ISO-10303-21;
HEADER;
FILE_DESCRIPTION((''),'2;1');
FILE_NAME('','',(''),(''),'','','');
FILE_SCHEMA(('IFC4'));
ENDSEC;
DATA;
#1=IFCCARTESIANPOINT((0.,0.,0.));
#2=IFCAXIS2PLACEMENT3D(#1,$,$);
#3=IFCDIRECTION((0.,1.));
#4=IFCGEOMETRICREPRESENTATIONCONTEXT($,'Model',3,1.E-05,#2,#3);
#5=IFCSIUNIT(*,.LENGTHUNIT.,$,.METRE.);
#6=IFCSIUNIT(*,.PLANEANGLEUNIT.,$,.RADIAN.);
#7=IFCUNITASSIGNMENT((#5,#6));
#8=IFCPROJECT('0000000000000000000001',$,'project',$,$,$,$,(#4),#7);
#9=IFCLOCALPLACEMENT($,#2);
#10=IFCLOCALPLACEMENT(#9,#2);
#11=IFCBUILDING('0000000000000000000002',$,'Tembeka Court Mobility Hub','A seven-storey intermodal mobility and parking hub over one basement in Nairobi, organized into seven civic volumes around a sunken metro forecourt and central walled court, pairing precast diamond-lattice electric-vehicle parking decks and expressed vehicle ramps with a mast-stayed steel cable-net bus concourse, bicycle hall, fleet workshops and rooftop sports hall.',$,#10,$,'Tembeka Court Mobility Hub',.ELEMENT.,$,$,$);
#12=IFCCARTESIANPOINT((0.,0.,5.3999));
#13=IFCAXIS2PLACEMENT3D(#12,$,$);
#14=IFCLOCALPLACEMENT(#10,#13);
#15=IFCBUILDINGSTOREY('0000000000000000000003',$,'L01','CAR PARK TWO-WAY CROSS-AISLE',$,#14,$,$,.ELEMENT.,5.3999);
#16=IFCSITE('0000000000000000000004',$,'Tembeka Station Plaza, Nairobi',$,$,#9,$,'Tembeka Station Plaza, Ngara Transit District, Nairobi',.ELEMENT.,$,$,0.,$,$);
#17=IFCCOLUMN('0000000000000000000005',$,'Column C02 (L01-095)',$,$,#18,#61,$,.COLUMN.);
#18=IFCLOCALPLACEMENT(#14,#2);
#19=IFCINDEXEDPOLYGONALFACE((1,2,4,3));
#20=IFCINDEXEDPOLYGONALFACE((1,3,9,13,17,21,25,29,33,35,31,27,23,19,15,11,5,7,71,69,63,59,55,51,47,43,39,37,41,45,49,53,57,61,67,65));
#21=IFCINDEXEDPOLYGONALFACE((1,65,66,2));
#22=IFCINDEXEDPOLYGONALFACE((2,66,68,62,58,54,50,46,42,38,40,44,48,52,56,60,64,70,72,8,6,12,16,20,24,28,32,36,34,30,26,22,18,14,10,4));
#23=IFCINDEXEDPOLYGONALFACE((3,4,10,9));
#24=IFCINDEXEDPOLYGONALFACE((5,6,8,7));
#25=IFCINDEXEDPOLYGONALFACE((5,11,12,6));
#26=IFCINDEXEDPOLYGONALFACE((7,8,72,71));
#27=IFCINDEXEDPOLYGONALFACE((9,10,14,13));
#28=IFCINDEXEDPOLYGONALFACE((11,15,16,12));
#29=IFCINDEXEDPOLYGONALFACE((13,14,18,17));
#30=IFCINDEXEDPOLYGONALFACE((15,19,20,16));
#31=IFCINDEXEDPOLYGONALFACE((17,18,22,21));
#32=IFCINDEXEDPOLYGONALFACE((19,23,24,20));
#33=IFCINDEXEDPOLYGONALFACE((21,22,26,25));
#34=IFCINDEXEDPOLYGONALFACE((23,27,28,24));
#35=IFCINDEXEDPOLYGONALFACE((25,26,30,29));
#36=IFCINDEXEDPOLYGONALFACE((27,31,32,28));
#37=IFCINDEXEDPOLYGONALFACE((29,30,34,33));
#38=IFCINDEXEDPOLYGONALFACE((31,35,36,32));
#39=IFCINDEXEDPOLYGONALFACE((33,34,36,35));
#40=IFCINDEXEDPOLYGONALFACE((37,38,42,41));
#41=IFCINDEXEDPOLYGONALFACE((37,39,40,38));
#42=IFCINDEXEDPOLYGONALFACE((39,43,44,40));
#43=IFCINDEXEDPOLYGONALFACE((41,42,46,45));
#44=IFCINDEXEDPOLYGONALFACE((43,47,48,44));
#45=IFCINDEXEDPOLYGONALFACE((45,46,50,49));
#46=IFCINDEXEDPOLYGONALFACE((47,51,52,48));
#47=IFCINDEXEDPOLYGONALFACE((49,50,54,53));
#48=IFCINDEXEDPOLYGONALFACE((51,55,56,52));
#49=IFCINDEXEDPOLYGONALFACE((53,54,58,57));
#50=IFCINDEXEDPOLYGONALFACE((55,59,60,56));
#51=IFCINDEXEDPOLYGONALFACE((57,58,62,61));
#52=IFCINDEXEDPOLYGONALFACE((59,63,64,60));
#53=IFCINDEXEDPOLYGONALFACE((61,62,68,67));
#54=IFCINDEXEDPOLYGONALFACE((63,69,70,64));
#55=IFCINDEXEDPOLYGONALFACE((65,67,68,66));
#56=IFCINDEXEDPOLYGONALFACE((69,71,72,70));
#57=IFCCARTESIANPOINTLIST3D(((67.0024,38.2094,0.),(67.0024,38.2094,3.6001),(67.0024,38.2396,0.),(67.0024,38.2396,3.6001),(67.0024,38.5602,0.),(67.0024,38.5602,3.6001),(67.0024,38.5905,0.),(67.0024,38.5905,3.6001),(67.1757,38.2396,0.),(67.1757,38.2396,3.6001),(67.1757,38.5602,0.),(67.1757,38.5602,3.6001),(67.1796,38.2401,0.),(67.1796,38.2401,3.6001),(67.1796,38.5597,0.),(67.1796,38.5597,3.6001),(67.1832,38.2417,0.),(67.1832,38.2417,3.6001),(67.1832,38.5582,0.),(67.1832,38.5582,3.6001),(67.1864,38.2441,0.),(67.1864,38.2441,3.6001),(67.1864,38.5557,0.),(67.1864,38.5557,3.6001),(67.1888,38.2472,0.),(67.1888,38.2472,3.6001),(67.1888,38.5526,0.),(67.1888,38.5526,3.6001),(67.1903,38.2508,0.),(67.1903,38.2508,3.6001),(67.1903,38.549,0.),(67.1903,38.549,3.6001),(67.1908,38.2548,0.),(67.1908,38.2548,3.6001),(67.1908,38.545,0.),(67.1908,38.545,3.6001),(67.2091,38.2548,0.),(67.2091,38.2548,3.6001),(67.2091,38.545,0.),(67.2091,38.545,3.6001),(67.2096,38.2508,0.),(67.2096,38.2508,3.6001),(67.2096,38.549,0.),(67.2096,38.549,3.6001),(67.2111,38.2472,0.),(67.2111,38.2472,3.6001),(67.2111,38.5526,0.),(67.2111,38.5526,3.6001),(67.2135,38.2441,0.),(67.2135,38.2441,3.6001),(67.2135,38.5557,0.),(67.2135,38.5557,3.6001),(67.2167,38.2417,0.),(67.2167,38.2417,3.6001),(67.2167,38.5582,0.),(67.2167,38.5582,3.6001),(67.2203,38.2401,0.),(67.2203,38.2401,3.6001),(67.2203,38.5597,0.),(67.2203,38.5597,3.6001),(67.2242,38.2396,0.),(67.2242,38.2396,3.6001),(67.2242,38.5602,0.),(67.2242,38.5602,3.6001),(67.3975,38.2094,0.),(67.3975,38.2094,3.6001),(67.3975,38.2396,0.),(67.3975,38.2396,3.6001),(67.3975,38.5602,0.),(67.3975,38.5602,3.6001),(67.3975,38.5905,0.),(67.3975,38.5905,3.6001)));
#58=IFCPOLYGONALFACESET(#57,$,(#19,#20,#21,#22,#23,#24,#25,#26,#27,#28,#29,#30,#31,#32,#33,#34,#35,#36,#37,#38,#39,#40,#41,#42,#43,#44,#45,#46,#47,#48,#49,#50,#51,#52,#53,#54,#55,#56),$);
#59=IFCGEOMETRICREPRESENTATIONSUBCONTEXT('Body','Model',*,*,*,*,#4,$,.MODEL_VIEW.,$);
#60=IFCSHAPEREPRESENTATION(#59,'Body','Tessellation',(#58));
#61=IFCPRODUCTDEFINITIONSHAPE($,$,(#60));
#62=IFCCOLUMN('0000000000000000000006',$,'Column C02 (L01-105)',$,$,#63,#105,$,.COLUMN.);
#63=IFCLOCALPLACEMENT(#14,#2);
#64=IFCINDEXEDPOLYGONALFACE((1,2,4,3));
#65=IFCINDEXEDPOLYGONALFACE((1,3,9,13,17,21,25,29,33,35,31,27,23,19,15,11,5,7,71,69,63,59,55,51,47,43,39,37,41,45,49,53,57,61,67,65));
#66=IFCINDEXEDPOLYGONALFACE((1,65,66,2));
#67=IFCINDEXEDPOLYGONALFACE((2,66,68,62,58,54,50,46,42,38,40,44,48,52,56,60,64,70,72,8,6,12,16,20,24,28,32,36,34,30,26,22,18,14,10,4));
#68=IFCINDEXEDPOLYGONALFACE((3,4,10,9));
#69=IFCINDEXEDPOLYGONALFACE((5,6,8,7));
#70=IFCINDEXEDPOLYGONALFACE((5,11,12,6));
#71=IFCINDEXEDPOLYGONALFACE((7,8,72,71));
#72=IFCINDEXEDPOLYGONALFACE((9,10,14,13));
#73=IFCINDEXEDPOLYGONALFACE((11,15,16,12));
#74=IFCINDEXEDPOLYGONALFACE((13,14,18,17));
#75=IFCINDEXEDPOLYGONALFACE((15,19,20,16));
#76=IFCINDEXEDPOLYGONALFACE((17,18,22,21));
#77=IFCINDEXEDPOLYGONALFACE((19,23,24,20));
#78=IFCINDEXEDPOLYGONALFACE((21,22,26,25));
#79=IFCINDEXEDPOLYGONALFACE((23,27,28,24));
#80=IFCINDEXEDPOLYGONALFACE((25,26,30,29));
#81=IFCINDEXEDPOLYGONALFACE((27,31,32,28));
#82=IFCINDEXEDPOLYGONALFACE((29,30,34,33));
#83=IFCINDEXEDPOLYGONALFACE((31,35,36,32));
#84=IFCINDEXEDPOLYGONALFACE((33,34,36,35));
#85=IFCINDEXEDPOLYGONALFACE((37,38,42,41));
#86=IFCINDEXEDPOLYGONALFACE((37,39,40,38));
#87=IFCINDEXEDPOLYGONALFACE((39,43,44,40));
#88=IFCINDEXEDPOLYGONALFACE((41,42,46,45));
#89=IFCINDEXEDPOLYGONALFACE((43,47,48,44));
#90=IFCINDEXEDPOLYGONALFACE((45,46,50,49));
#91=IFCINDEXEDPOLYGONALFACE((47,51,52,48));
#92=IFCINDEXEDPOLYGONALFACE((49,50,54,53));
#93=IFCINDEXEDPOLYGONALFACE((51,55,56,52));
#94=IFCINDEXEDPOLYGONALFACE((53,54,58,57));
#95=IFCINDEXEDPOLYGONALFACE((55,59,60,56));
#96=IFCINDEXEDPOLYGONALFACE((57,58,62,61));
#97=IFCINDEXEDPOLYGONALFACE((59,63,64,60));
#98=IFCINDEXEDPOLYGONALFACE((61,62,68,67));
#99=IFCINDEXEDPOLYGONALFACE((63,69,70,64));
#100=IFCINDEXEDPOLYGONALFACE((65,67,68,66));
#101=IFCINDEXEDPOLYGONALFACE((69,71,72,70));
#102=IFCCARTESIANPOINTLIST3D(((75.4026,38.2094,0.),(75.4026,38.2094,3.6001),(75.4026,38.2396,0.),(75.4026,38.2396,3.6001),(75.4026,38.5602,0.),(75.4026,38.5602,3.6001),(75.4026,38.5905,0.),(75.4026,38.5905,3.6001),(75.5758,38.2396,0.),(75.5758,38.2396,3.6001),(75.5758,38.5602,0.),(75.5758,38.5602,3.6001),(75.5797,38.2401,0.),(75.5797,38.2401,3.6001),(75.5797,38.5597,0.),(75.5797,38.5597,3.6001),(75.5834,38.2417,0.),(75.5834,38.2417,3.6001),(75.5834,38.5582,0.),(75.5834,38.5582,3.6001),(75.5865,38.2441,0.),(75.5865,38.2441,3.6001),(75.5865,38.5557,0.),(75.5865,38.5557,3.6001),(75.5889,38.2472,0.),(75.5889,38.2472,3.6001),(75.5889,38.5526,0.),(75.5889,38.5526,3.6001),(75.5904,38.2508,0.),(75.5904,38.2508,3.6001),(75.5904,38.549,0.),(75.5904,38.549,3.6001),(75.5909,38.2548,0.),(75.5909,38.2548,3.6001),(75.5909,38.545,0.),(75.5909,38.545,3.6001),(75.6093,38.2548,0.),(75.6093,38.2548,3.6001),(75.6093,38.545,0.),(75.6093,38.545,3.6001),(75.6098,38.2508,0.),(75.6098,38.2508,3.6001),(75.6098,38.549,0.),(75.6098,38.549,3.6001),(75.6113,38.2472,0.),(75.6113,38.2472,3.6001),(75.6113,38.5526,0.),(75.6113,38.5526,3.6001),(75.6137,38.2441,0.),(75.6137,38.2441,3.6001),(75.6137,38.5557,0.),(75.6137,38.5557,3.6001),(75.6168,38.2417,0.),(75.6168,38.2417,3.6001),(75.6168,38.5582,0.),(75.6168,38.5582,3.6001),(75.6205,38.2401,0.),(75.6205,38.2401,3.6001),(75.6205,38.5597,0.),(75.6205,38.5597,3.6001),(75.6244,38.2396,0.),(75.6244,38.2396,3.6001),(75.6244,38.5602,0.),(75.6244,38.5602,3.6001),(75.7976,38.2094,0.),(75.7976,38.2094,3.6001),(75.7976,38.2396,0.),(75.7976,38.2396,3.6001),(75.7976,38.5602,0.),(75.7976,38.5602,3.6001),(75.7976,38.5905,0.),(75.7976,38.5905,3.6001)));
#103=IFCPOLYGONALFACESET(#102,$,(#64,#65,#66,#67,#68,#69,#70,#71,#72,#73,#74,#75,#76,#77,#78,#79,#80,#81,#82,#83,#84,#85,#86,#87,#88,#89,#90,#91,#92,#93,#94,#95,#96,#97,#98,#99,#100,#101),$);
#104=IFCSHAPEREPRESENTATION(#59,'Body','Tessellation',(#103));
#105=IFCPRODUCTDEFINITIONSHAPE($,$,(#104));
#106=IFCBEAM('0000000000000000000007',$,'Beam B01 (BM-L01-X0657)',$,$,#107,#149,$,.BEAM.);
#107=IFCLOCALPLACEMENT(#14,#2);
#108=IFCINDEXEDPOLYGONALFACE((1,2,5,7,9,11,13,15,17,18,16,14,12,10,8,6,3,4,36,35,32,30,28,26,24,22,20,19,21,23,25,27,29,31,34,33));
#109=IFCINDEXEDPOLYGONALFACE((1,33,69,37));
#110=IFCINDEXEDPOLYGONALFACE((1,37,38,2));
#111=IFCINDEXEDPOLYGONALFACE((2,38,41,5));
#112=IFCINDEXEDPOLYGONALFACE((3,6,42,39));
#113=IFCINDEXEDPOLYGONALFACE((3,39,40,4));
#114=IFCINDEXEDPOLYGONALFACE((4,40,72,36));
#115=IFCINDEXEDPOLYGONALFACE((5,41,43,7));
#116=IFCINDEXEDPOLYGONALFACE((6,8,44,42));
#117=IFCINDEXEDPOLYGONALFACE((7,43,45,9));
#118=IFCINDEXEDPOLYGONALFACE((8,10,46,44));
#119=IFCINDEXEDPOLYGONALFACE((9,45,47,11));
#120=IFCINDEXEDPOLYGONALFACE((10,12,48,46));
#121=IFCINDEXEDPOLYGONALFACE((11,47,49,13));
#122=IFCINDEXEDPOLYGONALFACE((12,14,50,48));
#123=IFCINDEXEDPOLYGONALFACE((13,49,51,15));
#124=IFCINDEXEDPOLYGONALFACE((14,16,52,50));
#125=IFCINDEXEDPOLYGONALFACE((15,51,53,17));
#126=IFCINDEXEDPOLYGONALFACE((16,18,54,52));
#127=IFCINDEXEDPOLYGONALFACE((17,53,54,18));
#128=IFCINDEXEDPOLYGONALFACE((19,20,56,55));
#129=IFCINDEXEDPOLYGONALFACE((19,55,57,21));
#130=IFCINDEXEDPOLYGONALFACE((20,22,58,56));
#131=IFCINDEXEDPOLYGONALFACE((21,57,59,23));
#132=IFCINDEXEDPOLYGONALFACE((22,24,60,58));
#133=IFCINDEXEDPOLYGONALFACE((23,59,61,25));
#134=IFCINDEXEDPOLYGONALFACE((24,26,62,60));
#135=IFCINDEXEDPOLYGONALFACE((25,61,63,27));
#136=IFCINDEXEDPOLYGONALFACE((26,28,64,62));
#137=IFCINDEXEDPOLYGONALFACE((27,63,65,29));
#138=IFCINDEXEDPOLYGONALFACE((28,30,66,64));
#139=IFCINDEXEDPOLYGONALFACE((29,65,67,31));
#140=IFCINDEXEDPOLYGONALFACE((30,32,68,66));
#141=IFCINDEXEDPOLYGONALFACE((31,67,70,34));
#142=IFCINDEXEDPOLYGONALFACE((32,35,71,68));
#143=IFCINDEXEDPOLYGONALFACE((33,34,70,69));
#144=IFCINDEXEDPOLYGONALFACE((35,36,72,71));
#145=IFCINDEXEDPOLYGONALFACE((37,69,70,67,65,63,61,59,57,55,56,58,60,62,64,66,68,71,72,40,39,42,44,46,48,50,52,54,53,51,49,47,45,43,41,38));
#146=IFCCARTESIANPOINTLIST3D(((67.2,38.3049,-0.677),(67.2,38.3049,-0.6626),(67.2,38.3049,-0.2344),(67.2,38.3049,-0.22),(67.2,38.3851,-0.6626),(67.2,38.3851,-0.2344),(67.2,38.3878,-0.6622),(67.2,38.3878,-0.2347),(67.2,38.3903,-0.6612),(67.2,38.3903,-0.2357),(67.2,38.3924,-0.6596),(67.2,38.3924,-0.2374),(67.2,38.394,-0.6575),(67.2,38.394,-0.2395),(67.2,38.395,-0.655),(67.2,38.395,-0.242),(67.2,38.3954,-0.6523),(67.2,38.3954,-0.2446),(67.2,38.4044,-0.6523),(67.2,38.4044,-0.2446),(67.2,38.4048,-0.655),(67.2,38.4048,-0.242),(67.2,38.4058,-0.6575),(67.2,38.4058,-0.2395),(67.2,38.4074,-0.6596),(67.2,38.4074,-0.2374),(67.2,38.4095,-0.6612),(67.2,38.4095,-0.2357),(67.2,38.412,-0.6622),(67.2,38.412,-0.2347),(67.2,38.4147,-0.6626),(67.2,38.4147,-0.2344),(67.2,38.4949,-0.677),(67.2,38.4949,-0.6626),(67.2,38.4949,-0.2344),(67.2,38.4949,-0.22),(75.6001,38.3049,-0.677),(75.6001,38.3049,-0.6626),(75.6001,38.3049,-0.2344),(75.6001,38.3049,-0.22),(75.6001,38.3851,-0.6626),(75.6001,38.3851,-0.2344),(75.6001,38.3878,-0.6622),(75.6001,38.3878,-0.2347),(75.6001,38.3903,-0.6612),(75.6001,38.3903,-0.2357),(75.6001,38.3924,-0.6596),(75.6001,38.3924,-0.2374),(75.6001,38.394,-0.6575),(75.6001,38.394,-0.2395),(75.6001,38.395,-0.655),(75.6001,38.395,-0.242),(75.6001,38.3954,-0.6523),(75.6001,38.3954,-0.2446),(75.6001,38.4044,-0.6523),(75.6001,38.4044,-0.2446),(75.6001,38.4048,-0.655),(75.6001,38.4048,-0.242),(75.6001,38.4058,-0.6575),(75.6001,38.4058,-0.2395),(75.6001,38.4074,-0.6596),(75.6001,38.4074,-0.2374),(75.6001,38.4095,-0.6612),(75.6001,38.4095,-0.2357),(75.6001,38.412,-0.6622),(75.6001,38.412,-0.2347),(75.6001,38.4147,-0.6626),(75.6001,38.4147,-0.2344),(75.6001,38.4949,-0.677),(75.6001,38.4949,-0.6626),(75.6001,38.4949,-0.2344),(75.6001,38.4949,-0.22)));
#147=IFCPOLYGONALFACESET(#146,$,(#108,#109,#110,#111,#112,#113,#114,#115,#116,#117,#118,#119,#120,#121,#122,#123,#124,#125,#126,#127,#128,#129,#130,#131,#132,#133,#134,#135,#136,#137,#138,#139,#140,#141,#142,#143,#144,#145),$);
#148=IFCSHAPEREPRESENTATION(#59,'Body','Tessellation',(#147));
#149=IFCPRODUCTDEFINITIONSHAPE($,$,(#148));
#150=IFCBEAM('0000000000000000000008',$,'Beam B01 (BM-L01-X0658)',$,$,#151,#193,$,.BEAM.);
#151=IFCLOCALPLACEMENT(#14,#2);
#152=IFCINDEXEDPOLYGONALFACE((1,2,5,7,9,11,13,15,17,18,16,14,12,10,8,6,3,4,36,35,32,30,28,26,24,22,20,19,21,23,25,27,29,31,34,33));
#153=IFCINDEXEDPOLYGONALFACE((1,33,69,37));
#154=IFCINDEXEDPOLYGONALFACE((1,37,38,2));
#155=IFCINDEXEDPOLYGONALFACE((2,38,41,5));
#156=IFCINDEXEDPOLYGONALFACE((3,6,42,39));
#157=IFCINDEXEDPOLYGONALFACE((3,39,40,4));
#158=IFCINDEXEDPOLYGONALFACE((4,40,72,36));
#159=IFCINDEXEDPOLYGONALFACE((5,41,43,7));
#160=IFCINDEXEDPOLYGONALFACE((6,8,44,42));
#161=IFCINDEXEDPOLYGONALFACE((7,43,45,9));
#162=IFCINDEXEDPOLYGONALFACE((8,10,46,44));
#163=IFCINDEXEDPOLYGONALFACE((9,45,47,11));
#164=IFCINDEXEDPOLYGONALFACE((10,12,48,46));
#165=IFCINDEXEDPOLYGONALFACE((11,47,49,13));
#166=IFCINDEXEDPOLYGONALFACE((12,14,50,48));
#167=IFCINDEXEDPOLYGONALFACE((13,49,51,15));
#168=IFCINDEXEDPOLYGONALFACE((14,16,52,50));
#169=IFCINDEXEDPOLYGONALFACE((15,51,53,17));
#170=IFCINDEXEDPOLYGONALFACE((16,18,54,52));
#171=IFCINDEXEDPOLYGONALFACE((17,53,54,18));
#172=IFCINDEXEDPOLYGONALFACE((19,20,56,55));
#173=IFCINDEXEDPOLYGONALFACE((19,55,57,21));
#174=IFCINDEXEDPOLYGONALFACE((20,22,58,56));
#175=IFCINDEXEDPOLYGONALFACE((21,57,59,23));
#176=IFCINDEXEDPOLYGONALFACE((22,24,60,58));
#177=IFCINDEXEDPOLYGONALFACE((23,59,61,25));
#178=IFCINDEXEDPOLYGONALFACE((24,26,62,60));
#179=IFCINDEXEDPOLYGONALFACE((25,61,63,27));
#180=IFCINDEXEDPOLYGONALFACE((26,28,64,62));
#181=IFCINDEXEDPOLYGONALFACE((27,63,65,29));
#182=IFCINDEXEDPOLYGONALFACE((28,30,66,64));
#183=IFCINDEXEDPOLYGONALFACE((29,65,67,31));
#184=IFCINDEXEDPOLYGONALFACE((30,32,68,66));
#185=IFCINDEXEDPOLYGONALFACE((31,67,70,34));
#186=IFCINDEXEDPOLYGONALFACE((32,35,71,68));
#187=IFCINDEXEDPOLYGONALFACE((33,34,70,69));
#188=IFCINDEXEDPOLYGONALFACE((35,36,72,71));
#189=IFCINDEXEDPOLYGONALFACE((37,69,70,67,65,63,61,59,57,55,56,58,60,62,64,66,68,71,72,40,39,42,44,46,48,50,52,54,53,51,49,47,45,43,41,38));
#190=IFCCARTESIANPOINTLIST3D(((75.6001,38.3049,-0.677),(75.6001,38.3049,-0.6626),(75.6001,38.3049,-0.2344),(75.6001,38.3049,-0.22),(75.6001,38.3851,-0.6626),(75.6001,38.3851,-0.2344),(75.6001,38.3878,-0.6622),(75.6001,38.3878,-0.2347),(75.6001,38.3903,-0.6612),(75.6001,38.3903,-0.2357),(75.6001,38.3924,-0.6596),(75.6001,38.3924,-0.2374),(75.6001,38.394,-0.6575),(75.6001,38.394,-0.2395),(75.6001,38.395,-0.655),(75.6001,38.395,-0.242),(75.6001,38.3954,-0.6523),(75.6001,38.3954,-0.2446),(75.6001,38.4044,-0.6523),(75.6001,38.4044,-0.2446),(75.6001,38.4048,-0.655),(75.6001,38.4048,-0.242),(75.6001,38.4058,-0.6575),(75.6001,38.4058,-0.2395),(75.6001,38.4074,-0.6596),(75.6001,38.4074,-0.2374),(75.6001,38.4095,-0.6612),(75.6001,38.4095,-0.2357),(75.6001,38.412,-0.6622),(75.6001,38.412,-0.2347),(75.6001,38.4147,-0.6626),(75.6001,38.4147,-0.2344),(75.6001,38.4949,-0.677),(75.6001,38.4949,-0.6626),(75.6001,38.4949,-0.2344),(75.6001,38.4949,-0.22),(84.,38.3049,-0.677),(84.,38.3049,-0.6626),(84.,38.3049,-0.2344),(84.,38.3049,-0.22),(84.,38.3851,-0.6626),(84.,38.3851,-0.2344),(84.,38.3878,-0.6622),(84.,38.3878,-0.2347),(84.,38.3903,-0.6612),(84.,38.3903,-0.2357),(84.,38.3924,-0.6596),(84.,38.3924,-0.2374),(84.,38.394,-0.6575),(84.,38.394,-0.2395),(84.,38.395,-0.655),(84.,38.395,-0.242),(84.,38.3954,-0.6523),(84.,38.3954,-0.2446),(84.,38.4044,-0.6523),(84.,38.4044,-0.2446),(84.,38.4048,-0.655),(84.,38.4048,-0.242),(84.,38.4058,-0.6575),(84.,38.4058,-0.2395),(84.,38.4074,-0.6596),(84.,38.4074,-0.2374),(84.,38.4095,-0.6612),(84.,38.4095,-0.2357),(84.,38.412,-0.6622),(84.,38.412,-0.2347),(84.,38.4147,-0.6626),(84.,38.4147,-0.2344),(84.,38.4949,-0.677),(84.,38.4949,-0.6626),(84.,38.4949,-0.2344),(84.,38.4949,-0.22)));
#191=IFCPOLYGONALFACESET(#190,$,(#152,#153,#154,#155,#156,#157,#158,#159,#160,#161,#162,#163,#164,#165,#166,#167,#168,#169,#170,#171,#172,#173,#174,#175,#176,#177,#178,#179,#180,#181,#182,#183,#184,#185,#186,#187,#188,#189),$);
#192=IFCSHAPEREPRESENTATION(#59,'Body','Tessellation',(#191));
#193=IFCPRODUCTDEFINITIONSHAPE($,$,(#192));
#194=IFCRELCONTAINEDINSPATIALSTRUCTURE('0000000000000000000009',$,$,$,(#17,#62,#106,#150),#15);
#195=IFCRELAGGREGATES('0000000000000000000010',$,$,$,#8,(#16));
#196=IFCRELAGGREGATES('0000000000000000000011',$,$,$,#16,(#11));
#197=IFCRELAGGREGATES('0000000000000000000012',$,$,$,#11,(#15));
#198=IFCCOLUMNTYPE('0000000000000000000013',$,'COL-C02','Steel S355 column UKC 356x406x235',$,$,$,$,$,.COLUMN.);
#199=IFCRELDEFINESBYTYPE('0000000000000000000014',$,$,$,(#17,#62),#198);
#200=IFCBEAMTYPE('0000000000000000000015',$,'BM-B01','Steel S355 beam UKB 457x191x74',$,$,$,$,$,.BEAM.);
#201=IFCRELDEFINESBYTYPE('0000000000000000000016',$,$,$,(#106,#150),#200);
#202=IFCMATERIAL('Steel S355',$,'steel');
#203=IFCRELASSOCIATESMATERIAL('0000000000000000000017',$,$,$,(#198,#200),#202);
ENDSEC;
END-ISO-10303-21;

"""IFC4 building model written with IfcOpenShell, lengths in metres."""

from ifc_helpers import new_model, si_unit, direction, frame, origin, origin_2d, place, context, subcontext, project, spatial, i_section, extrude, material, material_profile, profile_set, type_object, element, save


model = new_model("IFC4")

# Units and contexts
model_context = context("Model", 3, precision=1e-05, world=origin(), true_north=direction((0.0, 1.0)))
body_context = subcontext(model_context, "Body", "Model", "MODEL_VIEW")
ifc_project = project(units=[si_unit("LENGTHUNIT", "METRE"), si_unit("PLANEANGLEUNIT", "RADIAN")], contexts=[model_context])

# Site, building, storey
site_placement = place(None, origin())
site = spatial("IfcSite", under=ifc_project, at=site_placement, Name="Tembeka Station Plaza, Nairobi", LongName="Tembeka Station Plaza, Ngara Transit District, Nairobi", CompositionType="ELEMENT", RefElevation=0.0)
building_placement = place(site_placement, origin())
building = spatial("IfcBuilding", under=site, at=building_placement, Name="Tembeka Court Mobility Hub", Description="A seven-storey intermodal mobility and parking hub over one basement in Nairobi, organized into seven civic volumes around a sunken metro forecourt and central walled court, pairing precast diamond-lattice electric-vehicle parking decks and expressed vehicle ramps with a mast-stayed steel cable-net bus concourse, bicycle hall, fleet workshops and rooftop sports hall.", LongName="Tembeka Court Mobility Hub", CompositionType="ELEMENT")
storey_placement = place(building_placement, frame((0.0, 0.0, 5.3999)))
storey = spatial("IfcBuildingStorey", under=building, at=storey_placement, Name="L01", Description="CAR PARK TWO-WAY CROSS-AISLE", CompositionType="ELEMENT", Elevation=5.3999)

# Columns
ifc_material_1 = material(Name="Steel S355", Category="steel")
ifc_material_profile_1 = material_profile(ifc_material_1, i_section(OverallWidth=0.395, OverallDepth=0.3811, WebThickness=0.0183, FlangeThickness=0.0303, FilletRadius=0.0151, at=origin_2d()), Name="UKC 356x406x235")
ifc_profile_set_1 = profile_set([ifc_material_profile_1], Name="Steel S355")
column_type = type_object("IfcColumnType", Name="COL-C02", Description="Steel S355 column UKC 356x406x235", PredefinedType="COLUMN", material=ifc_profile_set_1)
for number, where, z_axis, x_axis, name in (
    (1, (67.2, 38.3999, 0.0), (0.0, 0.0, 1.0), (1.0, 0.0, 0.0), "Column C02 (L01-095)"),
    (2, (75.6001, 38.3999, 0.0), (0.0, 0.0, 1.0), (1.0, 0.0, 0.0), "Column C02 (L01-105)"),
):
    element("IfcColumn", number, at=place(storey_placement, frame(where, z_axis=z_axis, x_axis=x_axis)), inside=storey, type_object=column_type, Name=name, PredefinedType="COLUMN", context=body_context, shape_type="SweptSolid", body=[
        extrude(i_section(OverallWidth=0.395, OverallDepth=0.3811, WebThickness=0.0183, FlangeThickness=0.0303, FilletRadius=0.0151, at=origin_2d()), origin(), (0.0, 0.0, 1.0), 3.6001),
    ])

# Beams
ifc_material_profile_2 = material_profile(ifc_material_1, i_section(OverallWidth=0.1899, OverallDepth=0.457, WebThickness=0.009, FlangeThickness=0.0144, FilletRadius=0.0103, at=origin_2d()), Name="UKB 457x191x74")
ifc_profile_set_2 = profile_set([ifc_material_profile_2], Name="Steel S355")
beam_type_1 = type_object("IfcBeamType", Name="BM-B01", Description="Steel S355 beam UKB 457x191x74", PredefinedType="BEAM", material=ifc_profile_set_2)
beam_1_placement = place(storey_placement, frame((67.2, 38.3999, -0.4485), z_axis=(1.0, 0.0, 0.0), x_axis=(0.0, 1.0, 0.0)))
element("IfcBeam", 3, at=beam_1_placement, inside=storey, type_object=beam_type_1, Name="Beam B01 (BM-L01-X0657)", PredefinedType="BEAM", context=body_context, shape_type="SweptSolid", body=[
    extrude(i_section(OverallWidth=0.1899, OverallDepth=0.457, WebThickness=0.009, FlangeThickness=0.0144, FilletRadius=0.0103, at=origin_2d()), origin(), (0.0, 0.0, 1.0), 8.4001),
])
beam_2_placement = place(storey_placement, frame((75.6001, 38.3999, -0.4485), z_axis=(1.0, 0.0, 0.0), x_axis=(0.0, 1.0, 0.0)))
element("IfcBeam", 4, at=beam_2_placement, inside=storey, type_object=beam_type_1, Name="Beam B01 (BM-L01-X0658)", PredefinedType="BEAM", context=body_context, shape_type="SweptSolid", body=[
    extrude(i_section(OverallWidth=0.1899, OverallDepth=0.457, WebThickness=0.009, FlangeThickness=0.0144, FilletRadius=0.0103, at=origin_2d()), origin(), (0.0, 0.0, 1.0), 8.3999),
])

save(model, "model.ifc")
